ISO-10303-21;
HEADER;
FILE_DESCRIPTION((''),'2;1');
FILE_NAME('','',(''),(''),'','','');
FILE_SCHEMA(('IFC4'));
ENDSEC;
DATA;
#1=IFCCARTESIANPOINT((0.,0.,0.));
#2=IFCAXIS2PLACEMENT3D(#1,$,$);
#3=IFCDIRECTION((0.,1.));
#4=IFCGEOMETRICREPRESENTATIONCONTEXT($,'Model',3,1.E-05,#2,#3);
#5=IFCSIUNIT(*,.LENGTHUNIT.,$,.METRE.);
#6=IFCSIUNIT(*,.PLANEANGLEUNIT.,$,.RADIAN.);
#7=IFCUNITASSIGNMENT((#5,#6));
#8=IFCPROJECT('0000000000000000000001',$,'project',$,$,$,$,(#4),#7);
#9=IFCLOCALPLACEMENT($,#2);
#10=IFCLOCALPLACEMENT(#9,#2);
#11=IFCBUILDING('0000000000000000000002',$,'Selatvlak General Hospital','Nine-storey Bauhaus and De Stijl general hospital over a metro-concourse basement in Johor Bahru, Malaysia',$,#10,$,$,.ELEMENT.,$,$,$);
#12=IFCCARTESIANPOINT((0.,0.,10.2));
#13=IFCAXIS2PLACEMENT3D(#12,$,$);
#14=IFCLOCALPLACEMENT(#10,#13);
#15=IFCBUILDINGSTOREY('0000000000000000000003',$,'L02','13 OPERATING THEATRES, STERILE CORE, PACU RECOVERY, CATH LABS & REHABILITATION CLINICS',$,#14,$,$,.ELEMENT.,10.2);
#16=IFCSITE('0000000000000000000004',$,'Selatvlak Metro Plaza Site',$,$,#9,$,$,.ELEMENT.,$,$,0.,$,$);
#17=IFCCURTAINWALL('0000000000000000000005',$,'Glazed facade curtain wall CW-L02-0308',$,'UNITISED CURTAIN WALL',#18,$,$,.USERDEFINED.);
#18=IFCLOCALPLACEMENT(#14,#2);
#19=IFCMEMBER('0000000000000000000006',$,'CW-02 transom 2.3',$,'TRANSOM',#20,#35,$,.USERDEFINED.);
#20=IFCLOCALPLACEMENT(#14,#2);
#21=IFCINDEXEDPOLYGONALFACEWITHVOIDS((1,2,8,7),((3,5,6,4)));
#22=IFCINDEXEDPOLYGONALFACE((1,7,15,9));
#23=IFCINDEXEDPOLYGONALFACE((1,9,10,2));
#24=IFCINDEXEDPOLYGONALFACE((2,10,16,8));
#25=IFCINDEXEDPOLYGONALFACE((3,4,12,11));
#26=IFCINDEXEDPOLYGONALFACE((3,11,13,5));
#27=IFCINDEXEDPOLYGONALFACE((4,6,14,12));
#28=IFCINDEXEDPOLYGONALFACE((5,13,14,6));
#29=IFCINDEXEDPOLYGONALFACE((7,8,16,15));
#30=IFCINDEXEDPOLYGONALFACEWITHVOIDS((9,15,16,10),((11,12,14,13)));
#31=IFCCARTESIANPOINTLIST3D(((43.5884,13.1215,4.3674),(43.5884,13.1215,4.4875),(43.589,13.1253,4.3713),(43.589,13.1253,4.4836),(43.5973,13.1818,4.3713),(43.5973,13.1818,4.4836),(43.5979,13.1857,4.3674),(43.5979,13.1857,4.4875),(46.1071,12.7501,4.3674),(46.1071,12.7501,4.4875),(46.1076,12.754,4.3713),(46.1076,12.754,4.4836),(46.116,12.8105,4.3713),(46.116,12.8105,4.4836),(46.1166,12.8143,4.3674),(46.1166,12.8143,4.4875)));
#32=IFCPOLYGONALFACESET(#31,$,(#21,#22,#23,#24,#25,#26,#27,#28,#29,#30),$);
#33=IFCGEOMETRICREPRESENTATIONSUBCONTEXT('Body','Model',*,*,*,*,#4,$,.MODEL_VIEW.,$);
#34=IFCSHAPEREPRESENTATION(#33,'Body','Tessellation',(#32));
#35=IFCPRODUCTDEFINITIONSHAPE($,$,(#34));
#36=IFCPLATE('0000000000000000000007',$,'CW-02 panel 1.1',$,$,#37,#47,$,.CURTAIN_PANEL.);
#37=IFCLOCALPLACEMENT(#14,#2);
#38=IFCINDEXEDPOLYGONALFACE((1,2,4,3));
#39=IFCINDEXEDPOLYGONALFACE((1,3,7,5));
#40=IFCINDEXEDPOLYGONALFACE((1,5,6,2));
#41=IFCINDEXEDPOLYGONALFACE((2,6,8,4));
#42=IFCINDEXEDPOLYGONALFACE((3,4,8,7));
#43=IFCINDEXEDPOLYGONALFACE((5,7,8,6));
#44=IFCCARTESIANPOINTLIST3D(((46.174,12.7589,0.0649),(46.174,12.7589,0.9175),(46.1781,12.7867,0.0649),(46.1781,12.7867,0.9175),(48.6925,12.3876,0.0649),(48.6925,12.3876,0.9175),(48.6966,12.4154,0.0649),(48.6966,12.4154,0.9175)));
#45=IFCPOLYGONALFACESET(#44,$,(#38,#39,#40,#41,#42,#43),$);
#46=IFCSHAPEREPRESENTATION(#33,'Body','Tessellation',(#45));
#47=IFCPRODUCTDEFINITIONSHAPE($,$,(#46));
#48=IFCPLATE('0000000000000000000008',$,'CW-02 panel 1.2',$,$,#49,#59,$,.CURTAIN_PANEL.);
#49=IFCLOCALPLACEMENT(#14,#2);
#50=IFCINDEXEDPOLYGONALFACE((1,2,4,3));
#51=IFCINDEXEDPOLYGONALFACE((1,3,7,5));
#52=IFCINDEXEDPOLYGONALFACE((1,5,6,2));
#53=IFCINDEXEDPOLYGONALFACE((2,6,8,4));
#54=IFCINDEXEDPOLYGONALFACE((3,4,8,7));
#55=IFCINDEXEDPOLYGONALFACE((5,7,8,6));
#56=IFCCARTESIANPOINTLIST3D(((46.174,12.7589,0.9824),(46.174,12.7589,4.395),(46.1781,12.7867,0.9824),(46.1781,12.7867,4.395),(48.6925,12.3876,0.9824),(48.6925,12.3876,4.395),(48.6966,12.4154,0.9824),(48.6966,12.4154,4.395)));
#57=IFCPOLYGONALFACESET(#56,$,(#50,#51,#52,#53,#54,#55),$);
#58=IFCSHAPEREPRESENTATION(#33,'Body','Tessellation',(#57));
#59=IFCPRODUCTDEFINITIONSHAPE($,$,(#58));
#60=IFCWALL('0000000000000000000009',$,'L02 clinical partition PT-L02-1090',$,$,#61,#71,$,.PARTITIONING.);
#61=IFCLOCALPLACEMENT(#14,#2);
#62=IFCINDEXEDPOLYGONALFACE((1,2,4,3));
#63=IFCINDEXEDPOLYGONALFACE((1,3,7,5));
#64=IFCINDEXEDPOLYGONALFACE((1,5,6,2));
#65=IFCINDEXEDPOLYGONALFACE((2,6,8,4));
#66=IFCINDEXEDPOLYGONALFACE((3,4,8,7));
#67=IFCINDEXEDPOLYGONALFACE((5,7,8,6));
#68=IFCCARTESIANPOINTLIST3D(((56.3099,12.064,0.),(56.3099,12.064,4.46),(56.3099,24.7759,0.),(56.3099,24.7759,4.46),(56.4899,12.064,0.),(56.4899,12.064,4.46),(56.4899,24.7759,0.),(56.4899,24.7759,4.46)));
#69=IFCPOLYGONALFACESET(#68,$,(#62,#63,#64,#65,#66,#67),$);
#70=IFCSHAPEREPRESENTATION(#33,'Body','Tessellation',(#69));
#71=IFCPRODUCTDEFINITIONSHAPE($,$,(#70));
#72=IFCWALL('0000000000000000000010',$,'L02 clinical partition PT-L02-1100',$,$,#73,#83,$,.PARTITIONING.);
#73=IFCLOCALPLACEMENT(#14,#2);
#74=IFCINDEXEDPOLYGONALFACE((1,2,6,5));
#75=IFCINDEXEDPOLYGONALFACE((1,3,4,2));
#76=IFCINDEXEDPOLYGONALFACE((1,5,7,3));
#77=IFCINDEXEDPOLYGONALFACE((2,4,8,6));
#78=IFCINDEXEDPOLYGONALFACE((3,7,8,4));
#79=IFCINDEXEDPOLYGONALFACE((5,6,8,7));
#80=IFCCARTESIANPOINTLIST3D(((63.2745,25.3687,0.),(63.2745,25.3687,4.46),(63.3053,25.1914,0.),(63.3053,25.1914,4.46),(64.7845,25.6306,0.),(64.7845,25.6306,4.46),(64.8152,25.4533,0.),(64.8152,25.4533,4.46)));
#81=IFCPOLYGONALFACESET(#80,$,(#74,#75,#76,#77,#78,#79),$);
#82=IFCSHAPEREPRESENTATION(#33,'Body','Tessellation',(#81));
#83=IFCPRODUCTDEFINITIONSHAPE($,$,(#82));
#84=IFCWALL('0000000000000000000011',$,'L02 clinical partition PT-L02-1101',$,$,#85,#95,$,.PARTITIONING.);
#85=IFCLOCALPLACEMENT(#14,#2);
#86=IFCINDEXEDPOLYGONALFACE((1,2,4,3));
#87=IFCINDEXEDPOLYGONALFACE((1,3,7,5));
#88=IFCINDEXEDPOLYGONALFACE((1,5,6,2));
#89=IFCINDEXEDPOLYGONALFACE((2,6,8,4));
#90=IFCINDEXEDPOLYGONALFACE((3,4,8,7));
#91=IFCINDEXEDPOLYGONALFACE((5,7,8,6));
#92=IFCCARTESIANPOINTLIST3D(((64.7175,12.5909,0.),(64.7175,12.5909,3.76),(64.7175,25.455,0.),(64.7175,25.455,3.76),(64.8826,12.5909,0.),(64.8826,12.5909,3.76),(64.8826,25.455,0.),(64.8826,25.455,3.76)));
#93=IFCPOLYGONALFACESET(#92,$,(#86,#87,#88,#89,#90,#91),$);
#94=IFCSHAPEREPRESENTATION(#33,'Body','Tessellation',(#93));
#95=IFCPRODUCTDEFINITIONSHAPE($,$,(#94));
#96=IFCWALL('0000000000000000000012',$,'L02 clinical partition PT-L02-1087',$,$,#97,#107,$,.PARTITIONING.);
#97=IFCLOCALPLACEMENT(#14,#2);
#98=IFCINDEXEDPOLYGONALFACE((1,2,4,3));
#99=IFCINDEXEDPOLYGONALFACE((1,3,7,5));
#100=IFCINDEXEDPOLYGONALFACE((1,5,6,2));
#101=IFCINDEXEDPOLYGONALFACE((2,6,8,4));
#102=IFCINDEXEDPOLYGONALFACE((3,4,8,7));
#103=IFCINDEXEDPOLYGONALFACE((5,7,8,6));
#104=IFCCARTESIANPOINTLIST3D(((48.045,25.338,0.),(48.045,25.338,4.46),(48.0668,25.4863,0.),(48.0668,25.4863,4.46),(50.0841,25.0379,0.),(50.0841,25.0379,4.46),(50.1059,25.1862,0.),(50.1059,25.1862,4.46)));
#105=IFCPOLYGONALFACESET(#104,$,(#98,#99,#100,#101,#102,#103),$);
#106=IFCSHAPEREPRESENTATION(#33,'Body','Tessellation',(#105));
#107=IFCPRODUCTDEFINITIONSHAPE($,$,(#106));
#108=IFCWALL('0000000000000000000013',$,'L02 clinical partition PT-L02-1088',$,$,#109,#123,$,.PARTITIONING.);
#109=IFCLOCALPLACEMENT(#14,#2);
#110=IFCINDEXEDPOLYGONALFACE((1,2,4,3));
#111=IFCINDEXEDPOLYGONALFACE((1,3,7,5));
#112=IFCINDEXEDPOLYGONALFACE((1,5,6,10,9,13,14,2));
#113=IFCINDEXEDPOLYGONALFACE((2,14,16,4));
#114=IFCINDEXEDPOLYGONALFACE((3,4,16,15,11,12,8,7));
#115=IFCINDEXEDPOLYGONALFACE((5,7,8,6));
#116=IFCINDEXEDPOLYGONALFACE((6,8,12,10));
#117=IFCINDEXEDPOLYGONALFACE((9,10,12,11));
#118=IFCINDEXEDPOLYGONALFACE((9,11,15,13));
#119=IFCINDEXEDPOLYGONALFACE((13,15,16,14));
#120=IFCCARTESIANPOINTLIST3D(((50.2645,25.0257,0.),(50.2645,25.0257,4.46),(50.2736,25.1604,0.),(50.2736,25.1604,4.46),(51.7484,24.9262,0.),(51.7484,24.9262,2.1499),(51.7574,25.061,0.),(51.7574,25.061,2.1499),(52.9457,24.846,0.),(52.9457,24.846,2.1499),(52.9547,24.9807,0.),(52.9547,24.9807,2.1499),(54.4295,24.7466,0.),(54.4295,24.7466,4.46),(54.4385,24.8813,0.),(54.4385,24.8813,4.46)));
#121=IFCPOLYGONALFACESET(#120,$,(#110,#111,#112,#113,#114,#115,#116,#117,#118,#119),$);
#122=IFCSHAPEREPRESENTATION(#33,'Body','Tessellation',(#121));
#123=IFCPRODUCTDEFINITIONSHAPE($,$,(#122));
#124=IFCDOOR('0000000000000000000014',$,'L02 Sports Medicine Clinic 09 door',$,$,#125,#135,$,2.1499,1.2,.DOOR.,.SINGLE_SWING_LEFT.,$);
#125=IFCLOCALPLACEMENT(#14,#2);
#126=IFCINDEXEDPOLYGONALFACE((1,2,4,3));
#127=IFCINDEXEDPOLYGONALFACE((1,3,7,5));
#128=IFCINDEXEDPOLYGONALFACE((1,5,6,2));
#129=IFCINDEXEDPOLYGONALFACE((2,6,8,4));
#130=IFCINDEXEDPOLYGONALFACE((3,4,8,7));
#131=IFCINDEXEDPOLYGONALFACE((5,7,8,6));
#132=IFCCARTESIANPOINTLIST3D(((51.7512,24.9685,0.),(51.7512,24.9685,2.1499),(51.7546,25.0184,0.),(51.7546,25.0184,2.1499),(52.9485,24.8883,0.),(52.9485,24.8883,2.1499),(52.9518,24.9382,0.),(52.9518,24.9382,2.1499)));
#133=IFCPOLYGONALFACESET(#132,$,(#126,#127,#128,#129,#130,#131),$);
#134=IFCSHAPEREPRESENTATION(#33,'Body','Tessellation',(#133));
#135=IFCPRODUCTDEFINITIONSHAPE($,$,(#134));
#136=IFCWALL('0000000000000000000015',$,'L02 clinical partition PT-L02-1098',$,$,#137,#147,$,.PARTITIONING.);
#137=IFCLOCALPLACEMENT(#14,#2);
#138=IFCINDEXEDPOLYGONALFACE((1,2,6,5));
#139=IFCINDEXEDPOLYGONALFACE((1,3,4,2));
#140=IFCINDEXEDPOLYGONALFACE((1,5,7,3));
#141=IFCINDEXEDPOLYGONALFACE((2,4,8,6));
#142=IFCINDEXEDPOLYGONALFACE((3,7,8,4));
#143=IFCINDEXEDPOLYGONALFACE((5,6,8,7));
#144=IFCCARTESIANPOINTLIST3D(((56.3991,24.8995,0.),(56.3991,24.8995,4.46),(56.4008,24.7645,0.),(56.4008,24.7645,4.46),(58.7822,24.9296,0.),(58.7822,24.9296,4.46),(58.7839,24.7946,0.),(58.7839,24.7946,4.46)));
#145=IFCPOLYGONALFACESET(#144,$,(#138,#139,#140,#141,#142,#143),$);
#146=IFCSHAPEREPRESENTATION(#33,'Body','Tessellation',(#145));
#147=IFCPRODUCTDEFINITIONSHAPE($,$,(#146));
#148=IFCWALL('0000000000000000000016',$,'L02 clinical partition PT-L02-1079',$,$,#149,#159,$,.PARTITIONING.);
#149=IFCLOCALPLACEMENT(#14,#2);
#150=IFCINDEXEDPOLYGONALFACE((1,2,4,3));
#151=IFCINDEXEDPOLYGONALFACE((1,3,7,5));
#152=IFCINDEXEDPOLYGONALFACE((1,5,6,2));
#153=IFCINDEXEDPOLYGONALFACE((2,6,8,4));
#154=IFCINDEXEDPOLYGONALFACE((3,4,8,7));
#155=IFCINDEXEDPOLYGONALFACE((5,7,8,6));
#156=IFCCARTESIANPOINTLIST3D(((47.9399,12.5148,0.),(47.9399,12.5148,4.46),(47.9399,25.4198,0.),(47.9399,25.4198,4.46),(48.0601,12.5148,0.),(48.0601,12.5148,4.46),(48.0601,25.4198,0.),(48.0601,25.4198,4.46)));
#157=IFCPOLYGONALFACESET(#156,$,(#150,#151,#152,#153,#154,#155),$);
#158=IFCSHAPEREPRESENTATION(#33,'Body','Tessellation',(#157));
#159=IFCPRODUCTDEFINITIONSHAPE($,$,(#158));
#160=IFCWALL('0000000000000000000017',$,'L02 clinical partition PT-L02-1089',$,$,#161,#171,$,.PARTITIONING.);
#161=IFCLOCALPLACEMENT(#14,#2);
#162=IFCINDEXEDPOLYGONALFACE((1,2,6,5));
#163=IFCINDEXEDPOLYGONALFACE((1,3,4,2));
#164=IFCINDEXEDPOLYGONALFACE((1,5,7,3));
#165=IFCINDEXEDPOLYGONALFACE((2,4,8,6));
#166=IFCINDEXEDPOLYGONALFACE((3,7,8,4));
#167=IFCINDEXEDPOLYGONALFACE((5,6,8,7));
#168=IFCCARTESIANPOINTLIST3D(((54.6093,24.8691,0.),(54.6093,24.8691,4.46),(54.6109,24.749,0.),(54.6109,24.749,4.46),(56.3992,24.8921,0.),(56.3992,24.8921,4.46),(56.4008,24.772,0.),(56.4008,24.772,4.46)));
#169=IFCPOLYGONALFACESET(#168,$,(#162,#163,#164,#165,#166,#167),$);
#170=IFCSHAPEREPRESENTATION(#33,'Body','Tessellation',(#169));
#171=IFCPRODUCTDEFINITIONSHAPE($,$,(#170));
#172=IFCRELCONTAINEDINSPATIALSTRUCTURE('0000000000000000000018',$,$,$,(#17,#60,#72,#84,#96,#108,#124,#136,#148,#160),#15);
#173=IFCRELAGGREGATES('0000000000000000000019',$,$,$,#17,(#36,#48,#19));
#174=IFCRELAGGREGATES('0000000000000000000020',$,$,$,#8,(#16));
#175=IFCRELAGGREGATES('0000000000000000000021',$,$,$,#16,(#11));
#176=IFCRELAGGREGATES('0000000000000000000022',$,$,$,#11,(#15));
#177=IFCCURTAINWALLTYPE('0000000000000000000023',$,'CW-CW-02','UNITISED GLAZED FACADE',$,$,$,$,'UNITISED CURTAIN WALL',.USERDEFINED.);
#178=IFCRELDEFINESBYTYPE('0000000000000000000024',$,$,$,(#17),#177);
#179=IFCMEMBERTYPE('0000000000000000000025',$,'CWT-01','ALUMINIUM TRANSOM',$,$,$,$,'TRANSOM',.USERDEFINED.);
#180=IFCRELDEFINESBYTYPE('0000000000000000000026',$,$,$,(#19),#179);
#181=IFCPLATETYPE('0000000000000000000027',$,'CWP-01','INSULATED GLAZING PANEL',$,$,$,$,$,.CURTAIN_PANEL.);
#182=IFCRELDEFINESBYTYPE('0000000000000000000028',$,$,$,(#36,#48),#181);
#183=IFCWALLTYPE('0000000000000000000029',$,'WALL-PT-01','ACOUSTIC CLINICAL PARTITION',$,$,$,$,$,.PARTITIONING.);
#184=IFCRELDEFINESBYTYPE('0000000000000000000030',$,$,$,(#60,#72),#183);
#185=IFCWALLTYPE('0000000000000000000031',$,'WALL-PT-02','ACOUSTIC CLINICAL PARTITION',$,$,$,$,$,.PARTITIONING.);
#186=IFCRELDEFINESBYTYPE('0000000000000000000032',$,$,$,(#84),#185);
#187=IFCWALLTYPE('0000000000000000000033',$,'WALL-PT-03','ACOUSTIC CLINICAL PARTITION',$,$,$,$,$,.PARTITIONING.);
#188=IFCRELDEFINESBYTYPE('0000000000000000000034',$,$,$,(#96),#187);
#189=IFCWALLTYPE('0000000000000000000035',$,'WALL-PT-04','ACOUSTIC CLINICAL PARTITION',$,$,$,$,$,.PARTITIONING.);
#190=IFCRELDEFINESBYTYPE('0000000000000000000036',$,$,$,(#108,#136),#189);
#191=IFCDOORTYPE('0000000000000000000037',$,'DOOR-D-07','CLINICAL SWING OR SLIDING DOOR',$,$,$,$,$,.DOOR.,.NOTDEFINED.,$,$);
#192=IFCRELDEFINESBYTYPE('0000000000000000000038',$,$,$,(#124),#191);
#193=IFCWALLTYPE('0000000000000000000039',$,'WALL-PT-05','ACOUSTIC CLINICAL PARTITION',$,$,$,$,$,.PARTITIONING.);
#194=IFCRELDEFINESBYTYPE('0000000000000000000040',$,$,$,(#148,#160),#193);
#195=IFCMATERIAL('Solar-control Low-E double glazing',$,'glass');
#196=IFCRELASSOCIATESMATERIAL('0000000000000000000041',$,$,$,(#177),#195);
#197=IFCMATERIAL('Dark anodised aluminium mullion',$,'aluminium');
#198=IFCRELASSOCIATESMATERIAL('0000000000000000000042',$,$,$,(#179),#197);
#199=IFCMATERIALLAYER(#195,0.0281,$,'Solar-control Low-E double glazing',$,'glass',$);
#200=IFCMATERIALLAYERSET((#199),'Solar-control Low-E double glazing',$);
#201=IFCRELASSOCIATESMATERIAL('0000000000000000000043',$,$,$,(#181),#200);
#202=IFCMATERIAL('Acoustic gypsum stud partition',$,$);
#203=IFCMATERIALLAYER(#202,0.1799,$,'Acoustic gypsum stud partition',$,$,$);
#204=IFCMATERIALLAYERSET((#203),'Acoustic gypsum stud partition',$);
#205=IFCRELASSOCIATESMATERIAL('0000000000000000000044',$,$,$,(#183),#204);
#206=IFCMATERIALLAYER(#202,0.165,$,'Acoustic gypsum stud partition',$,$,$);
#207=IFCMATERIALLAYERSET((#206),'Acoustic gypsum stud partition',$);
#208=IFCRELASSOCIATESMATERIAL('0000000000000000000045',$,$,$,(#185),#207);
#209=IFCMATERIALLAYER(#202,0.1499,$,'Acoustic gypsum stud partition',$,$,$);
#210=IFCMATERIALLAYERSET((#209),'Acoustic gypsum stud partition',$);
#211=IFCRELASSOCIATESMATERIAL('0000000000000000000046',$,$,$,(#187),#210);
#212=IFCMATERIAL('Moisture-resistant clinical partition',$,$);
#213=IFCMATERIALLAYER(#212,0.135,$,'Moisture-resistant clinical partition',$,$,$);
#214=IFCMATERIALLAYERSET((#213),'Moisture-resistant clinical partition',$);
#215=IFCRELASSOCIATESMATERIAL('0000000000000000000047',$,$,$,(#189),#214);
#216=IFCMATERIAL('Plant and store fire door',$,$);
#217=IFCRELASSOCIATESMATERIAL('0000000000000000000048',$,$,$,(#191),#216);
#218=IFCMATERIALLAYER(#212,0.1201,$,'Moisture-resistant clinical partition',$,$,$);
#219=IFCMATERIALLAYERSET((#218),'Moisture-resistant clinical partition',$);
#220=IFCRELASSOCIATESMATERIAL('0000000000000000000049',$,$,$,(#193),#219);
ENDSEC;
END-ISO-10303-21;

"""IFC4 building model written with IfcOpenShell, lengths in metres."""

from ifc_helpers import new_model, si_unit, direction, frame, frame_2d, origin, origin_2d, place, context, subcontext, project, spatial, rectangle, hollow_rectangle, extrude, material, layer, layer_set, material_profile, profile_set, type_object, element, fill, aggregate, save


model = new_model("IFC4")

# Units and contexts
model_context = context("Model", 3, precision=1e-05, world=origin(), true_north=direction((0.0, 1.0)))
body_context = subcontext(model_context, "Body", "Model", "MODEL_VIEW")
ifc_project = project(units=[si_unit("LENGTHUNIT", "METRE"), si_unit("PLANEANGLEUNIT", "RADIAN")], contexts=[model_context])

# Site, building, storey
site_placement = place(None, origin())
site = spatial("IfcSite", under=ifc_project, at=site_placement, Name="Selatvlak Metro Plaza Site", CompositionType="ELEMENT", RefElevation=0.0)
building_placement = place(site_placement, origin())
building = spatial("IfcBuilding", under=site, at=building_placement, Name="Selatvlak General Hospital", Description="Nine-storey Bauhaus and De Stijl general hospital over a metro-concourse basement in Johor Bahru, Malaysia", CompositionType="ELEMENT")
storey_placement = place(building_placement, frame((0.0, 0.0, 10.2)))
storey = spatial("IfcBuildingStorey", under=building, at=storey_placement, Name="L02", Description="13 OPERATING THEATRES, STERILE CORE, PACU RECOVERY, CATH LABS & REHABILITATION CLINICS", CompositionType="ELEMENT", Elevation=10.2)

# Curtain wall
ifc_material_1 = material(Name="Solar-control Low-E double glazing", Category="glass")
curtain_wall_type_1 = type_object("IfcCurtainWallType", Name="CW-CW-02", Description="UNITISED GLAZED FACADE", ElementType="UNITISED CURTAIN WALL", PredefinedType="USERDEFINED", material=ifc_material_1)
ifc_material_2 = material(Name="Dark anodised aluminium mullion", Category="aluminium")
curtain_wall_1_placement = place(storey_placement, origin())
curtain_wall_1 = element("IfcCurtainWall", 1, at=curtain_wall_1_placement, inside=storey, type_object=curtain_wall_type_1, Name="Glazed facade curtain wall CW-L02-0308", ObjectType="UNITISED CURTAIN WALL", PredefinedType="USERDEFINED")

# Member
ifc_material_profile_1 = material_profile(ifc_material_2, hollow_rectangle(XDim=0.0649, YDim=0.1201, WallThickness=0.0039, at=origin_2d()), Name="AL-TRN 65x120x4")
ifc_profile_set_1 = profile_set([ifc_material_profile_1], Name="Dark anodised aluminium mullion")
member_type_1 = type_object("IfcMemberType", Name="CWT-01", Description="ALUMINIUM TRANSOM", ElementType="TRANSOM", PredefinedType="USERDEFINED", material=ifc_profile_set_1)
member_1_placement = place(storey_placement, frame((46.1118, 12.7822, 4.4275), z_axis=(-0.989305, 0.145864, 0.0), x_axis=(-0.145864, -0.989305, 0.0)))
member_1 = element("IfcMember", 2, at=member_1_placement, type_object=member_type_1, Name="CW-02 transom 2.3", ObjectType="TRANSOM", PredefinedType="USERDEFINED", context=body_context, shape_type="SweptSolid", body=[
    extrude(hollow_rectangle(XDim=0.0649, YDim=0.1201, WallThickness=0.0039, at=origin_2d()), origin(), (0.0, 0.0, 1.0), 2.5459),
])

# Plates
ifc_layer_1 = layer(ifc_material_1, 0.0281, Name="Solar-control Low-E double glazing", Category="glass")
ifc_layer_set_1 = layer_set([ifc_layer_1], Name="Solar-control Low-E double glazing")
plate_type = type_object("IfcPlateType", Name="CWP-01", Description="INSULATED GLAZING PANEL", PredefinedType="CURTAIN_PANEL", material=ifc_layer_set_1)
plate_1_placement = place(storey_placement, frame((47.4353, 12.5872, 0.0649), z_axis=(0.0, 0.0, 1.0), x_axis=(-0.989308, 0.145843, 0.0)))
plate_1 = element("IfcPlate", 3, at=plate_1_placement, type_object=plate_type, Name="CW-02 panel 1.1", PredefinedType="CURTAIN_PANEL", context=body_context, shape_type="SweptSolid", body=[
    extrude(rectangle(XDim=2.5457, YDim=0.0281, at=origin_2d()), origin(), (0.0, 0.0, 1.0), 0.8525),
])
plate_2_placement = place(storey_placement, frame((47.4353, 12.5872, 0.9824), z_axis=(0.0, 0.0, 1.0), x_axis=(-0.989308, 0.145843, 0.0)))
plate_2 = element("IfcPlate", 4, at=plate_2_placement, type_object=plate_type, Name="CW-02 panel 1.2", PredefinedType="CURTAIN_PANEL", context=body_context, shape_type="SweptSolid", body=[
    extrude(rectangle(XDim=2.5457, YDim=0.0281, at=origin_2d()), origin(), (0.0, 0.0, 1.0), 3.4126),
])
aggregate(curtain_wall_1, [plate_1, plate_2, member_1])

# Walls
ifc_material_3 = material(Name="Acoustic gypsum stud partition")
ifc_layer_2 = layer(ifc_material_3, 0.1799, Name="Acoustic gypsum stud partition")
ifc_layer_set_2 = layer_set([ifc_layer_2], Name="Acoustic gypsum stud partition")
wall_type_1 = type_object("IfcWallType", Name="WALL-PT-01", Description="ACOUSTIC CLINICAL PARTITION", PredefinedType="PARTITIONING", material=ifc_layer_set_2)
wall_1_placement = place(storey_placement, frame((56.3999, 24.7759, 0.0), z_axis=(0.0, 0.0, 1.0), x_axis=(0.0, -1.0, 0.0)))
element("IfcWall", 5, at=wall_1_placement, inside=storey, type_object=wall_type_1, Name="L02 clinical partition PT-L02-1090", PredefinedType="PARTITIONING", context=body_context, shape_type="SweptSolid", body=[
    extrude(rectangle(XDim=12.7119, YDim=0.1799, at=frame_2d((6.356, 0.0))), origin(), (0.0, 0.0, 1.0), 4.46),
])
wall_2_placement = place(storey_placement, frame((63.29, 25.28, 0.0), z_axis=(0.0, 0.0, 1.0), x_axis=(0.985283, 0.170931, 0.0)))
element("IfcWall", 6, at=wall_2_placement, inside=storey, type_object=wall_type_1, Name="L02 clinical partition PT-L02-1100", PredefinedType="PARTITIONING", context=body_context, shape_type="SweptSolid", body=[
    extrude(rectangle(XDim=1.5325, YDim=0.1799, at=frame_2d((0.7661, 0.0))), origin(), (0.0, 0.0, 1.0), 4.46),
])
ifc_layer_3 = layer(ifc_material_3, 0.165, Name="Acoustic gypsum stud partition")
ifc_layer_set_3 = layer_set([ifc_layer_3], Name="Acoustic gypsum stud partition")
wall_type_2 = type_object("IfcWallType", Name="WALL-PT-02", Description="ACOUSTIC CLINICAL PARTITION", PredefinedType="PARTITIONING", material=ifc_layer_set_3)
wall_3_placement = place(storey_placement, frame((64.8, 25.4551, 0.0), z_axis=(0.0, 0.0, 1.0), x_axis=(0.0, -1.0, 0.0)))
element("IfcWall", 7, at=wall_3_placement, inside=storey, type_object=wall_type_2, Name="L02 clinical partition PT-L02-1101", PredefinedType="PARTITIONING", context=body_context, shape_type="SweptSolid", body=[
    extrude(rectangle(XDim=12.864, YDim=0.165, at=frame_2d((6.4321, 0.0))), origin(), (0.0, 0.0, 1.0), 3.76),
])
ifc_layer_4 = layer(ifc_material_3, 0.1499, Name="Acoustic gypsum stud partition")
ifc_layer_set_4 = layer_set([ifc_layer_4], Name="Acoustic gypsum stud partition")
wall_type_3 = type_object("IfcWallType", Name="WALL-PT-03", Description="ACOUSTIC CLINICAL PARTITION", PredefinedType="PARTITIONING", material=ifc_layer_set_4)
wall_4_placement = place(storey_placement, frame((48.0559, 25.4121, 0.0), z_axis=(0.0, 0.0, 1.0), x_axis=(0.989346, -0.145583, 0.0)))
element("IfcWall", 8, at=wall_4_placement, inside=storey, type_object=wall_type_3, Name="L02 clinical partition PT-L02-1087", PredefinedType="PARTITIONING", context=body_context, shape_type="SweptSolid", body=[
    extrude(rectangle(XDim=2.061, YDim=0.1499, at=frame_2d((1.0305, 0.0))), origin(), (0.0, 0.0, 1.0), 4.46),
])

# Wall, opening, door
ifc_material_4 = material(Name="Moisture-resistant clinical partition")
ifc_layer_5 = layer(ifc_material_4, 0.135, Name="Moisture-resistant clinical partition")
ifc_layer_set_5 = layer_set([ifc_layer_5], Name="Moisture-resistant clinical partition")
wall_type_4 = type_object("IfcWallType", Name="WALL-PT-04", Description="ACOUSTIC CLINICAL PARTITION", PredefinedType="PARTITIONING", material=ifc_layer_set_5)
wall_5_placement = place(storey_placement, frame((50.269, 25.093, 0.0), z_axis=(0.0, 0.0, 1.0), x_axis=(0.997763, -0.066849, 0.0)))
wall_5 = element("IfcWall", 9, at=wall_5_placement, inside=storey, type_object=wall_type_4, Name="L02 clinical partition PT-L02-1088", PredefinedType="PARTITIONING", context=body_context, shape_type="SweptSolid", body=[
    extrude(rectangle(XDim=4.1743, YDim=0.135, at=frame_2d((2.0872, 0.0))), origin(), (0.0, 0.0, 1.0), 4.46),
])
opening_1_placement = place(wall_5_placement, frame((1.4871, 0.0, 0.0)))
opening_1 = element("IfcOpeningElement", 10, at=opening_1_placement, cuts=wall_5, PredefinedType="OPENING", context=body_context, shape_type="SweptSolid", body=[
    extrude(rectangle(XDim=1.2, YDim=2.1499, at=frame_2d((0.6001, 1.075))), frame((0.0, 0.0774, 0.0), z_axis=(0.0, -1.0, 0.0), x_axis=(1.0, 0.0, 0.0)), (0.0, 0.0, 1.0), 0.155),
])
ifc_material_5 = material(Name="Plant and store fire door")
door_type_1 = type_object("IfcDoorType", Name="DOOR-D-07", Description="CLINICAL SWING OR SLIDING DOOR", OperationType="NOTDEFINED", PredefinedType="DOOR", material=ifc_material_5)
door_1_placement = place(opening_1_placement, origin())
door_1 = element("IfcDoor", 11, at=door_1_placement, inside=storey, type_object=door_type_1, Name="L02 Sports Medicine Clinic 09 door", OperationType="SINGLE_SWING_LEFT", OverallHeight=2.1499, OverallWidth=1.2, PredefinedType="DOOR", context=body_context, shape_type="SweptSolid", body=[
    extrude(rectangle(XDim=1.2, YDim=2.1499, at=frame_2d((0.6001, 1.075))), frame((0.0, 0.0249, 0.0), z_axis=(0.0, -1.0, 0.0), x_axis=(1.0, 0.0, 0.0)), (0.0, 0.0, 1.0), 0.05),
])
fill(opening_1, door_1)

# Walls
wall_6_placement = place(storey_placement, frame((56.3999, 24.832, 0.0), z_axis=(0.0, 0.0, 1.0), x_axis=(0.999921, 0.0126, 0.0)))
element("IfcWall", 12, at=wall_6_placement, inside=storey, type_object=wall_type_4, Name="L02 clinical partition PT-L02-1098", PredefinedType="PARTITIONING", context=body_context, shape_type="SweptSolid", body=[
    extrude(rectangle(XDim=2.3833, YDim=0.135, at=frame_2d((1.1917, 0.0))), origin(), (0.0, 0.0, 1.0), 4.46),
])
ifc_layer_6 = layer(ifc_material_4, 0.1201, Name="Moisture-resistant clinical partition")
ifc_layer_set_6 = layer_set([ifc_layer_6], Name="Moisture-resistant clinical partition")
wall_type_5 = type_object("IfcWallType", Name="WALL-PT-05", Description="ACOUSTIC CLINICAL PARTITION", PredefinedType="PARTITIONING", material=ifc_layer_set_6)
wall_7_placement = place(storey_placement, frame((48.0, 25.4199, 0.0), z_axis=(0.0, 0.0, 1.0), x_axis=(0.0, -1.0, 0.0)))
element("IfcWall", 13, at=wall_7_placement, inside=storey, type_object=wall_type_5, Name="L02 clinical partition PT-L02-1079", PredefinedType="PARTITIONING", context=body_context, shape_type="SweptSolid", body=[
    extrude(rectangle(XDim=12.905, YDim=0.1201, at=frame_2d((6.4526, 0.0))), origin(), (0.0, 0.0, 1.0), 4.46),
])
wall_8_placement = place(storey_placement, frame((54.6101, 24.8091, 0.0), z_axis=(0.0, 0.0, 1.0), x_axis=(0.999918, 0.012821, 0.0)))
element("IfcWall", 14, at=wall_8_placement, inside=storey, type_object=wall_type_5, Name="L02 clinical partition PT-L02-1089", PredefinedType="PARTITIONING", context=body_context, shape_type="SweptSolid", body=[
    extrude(rectangle(XDim=1.79, YDim=0.1201, at=frame_2d((0.895, 0.0))), origin(), (0.0, 0.0, 1.0), 4.46),
])

save(model, "model.ifc")
